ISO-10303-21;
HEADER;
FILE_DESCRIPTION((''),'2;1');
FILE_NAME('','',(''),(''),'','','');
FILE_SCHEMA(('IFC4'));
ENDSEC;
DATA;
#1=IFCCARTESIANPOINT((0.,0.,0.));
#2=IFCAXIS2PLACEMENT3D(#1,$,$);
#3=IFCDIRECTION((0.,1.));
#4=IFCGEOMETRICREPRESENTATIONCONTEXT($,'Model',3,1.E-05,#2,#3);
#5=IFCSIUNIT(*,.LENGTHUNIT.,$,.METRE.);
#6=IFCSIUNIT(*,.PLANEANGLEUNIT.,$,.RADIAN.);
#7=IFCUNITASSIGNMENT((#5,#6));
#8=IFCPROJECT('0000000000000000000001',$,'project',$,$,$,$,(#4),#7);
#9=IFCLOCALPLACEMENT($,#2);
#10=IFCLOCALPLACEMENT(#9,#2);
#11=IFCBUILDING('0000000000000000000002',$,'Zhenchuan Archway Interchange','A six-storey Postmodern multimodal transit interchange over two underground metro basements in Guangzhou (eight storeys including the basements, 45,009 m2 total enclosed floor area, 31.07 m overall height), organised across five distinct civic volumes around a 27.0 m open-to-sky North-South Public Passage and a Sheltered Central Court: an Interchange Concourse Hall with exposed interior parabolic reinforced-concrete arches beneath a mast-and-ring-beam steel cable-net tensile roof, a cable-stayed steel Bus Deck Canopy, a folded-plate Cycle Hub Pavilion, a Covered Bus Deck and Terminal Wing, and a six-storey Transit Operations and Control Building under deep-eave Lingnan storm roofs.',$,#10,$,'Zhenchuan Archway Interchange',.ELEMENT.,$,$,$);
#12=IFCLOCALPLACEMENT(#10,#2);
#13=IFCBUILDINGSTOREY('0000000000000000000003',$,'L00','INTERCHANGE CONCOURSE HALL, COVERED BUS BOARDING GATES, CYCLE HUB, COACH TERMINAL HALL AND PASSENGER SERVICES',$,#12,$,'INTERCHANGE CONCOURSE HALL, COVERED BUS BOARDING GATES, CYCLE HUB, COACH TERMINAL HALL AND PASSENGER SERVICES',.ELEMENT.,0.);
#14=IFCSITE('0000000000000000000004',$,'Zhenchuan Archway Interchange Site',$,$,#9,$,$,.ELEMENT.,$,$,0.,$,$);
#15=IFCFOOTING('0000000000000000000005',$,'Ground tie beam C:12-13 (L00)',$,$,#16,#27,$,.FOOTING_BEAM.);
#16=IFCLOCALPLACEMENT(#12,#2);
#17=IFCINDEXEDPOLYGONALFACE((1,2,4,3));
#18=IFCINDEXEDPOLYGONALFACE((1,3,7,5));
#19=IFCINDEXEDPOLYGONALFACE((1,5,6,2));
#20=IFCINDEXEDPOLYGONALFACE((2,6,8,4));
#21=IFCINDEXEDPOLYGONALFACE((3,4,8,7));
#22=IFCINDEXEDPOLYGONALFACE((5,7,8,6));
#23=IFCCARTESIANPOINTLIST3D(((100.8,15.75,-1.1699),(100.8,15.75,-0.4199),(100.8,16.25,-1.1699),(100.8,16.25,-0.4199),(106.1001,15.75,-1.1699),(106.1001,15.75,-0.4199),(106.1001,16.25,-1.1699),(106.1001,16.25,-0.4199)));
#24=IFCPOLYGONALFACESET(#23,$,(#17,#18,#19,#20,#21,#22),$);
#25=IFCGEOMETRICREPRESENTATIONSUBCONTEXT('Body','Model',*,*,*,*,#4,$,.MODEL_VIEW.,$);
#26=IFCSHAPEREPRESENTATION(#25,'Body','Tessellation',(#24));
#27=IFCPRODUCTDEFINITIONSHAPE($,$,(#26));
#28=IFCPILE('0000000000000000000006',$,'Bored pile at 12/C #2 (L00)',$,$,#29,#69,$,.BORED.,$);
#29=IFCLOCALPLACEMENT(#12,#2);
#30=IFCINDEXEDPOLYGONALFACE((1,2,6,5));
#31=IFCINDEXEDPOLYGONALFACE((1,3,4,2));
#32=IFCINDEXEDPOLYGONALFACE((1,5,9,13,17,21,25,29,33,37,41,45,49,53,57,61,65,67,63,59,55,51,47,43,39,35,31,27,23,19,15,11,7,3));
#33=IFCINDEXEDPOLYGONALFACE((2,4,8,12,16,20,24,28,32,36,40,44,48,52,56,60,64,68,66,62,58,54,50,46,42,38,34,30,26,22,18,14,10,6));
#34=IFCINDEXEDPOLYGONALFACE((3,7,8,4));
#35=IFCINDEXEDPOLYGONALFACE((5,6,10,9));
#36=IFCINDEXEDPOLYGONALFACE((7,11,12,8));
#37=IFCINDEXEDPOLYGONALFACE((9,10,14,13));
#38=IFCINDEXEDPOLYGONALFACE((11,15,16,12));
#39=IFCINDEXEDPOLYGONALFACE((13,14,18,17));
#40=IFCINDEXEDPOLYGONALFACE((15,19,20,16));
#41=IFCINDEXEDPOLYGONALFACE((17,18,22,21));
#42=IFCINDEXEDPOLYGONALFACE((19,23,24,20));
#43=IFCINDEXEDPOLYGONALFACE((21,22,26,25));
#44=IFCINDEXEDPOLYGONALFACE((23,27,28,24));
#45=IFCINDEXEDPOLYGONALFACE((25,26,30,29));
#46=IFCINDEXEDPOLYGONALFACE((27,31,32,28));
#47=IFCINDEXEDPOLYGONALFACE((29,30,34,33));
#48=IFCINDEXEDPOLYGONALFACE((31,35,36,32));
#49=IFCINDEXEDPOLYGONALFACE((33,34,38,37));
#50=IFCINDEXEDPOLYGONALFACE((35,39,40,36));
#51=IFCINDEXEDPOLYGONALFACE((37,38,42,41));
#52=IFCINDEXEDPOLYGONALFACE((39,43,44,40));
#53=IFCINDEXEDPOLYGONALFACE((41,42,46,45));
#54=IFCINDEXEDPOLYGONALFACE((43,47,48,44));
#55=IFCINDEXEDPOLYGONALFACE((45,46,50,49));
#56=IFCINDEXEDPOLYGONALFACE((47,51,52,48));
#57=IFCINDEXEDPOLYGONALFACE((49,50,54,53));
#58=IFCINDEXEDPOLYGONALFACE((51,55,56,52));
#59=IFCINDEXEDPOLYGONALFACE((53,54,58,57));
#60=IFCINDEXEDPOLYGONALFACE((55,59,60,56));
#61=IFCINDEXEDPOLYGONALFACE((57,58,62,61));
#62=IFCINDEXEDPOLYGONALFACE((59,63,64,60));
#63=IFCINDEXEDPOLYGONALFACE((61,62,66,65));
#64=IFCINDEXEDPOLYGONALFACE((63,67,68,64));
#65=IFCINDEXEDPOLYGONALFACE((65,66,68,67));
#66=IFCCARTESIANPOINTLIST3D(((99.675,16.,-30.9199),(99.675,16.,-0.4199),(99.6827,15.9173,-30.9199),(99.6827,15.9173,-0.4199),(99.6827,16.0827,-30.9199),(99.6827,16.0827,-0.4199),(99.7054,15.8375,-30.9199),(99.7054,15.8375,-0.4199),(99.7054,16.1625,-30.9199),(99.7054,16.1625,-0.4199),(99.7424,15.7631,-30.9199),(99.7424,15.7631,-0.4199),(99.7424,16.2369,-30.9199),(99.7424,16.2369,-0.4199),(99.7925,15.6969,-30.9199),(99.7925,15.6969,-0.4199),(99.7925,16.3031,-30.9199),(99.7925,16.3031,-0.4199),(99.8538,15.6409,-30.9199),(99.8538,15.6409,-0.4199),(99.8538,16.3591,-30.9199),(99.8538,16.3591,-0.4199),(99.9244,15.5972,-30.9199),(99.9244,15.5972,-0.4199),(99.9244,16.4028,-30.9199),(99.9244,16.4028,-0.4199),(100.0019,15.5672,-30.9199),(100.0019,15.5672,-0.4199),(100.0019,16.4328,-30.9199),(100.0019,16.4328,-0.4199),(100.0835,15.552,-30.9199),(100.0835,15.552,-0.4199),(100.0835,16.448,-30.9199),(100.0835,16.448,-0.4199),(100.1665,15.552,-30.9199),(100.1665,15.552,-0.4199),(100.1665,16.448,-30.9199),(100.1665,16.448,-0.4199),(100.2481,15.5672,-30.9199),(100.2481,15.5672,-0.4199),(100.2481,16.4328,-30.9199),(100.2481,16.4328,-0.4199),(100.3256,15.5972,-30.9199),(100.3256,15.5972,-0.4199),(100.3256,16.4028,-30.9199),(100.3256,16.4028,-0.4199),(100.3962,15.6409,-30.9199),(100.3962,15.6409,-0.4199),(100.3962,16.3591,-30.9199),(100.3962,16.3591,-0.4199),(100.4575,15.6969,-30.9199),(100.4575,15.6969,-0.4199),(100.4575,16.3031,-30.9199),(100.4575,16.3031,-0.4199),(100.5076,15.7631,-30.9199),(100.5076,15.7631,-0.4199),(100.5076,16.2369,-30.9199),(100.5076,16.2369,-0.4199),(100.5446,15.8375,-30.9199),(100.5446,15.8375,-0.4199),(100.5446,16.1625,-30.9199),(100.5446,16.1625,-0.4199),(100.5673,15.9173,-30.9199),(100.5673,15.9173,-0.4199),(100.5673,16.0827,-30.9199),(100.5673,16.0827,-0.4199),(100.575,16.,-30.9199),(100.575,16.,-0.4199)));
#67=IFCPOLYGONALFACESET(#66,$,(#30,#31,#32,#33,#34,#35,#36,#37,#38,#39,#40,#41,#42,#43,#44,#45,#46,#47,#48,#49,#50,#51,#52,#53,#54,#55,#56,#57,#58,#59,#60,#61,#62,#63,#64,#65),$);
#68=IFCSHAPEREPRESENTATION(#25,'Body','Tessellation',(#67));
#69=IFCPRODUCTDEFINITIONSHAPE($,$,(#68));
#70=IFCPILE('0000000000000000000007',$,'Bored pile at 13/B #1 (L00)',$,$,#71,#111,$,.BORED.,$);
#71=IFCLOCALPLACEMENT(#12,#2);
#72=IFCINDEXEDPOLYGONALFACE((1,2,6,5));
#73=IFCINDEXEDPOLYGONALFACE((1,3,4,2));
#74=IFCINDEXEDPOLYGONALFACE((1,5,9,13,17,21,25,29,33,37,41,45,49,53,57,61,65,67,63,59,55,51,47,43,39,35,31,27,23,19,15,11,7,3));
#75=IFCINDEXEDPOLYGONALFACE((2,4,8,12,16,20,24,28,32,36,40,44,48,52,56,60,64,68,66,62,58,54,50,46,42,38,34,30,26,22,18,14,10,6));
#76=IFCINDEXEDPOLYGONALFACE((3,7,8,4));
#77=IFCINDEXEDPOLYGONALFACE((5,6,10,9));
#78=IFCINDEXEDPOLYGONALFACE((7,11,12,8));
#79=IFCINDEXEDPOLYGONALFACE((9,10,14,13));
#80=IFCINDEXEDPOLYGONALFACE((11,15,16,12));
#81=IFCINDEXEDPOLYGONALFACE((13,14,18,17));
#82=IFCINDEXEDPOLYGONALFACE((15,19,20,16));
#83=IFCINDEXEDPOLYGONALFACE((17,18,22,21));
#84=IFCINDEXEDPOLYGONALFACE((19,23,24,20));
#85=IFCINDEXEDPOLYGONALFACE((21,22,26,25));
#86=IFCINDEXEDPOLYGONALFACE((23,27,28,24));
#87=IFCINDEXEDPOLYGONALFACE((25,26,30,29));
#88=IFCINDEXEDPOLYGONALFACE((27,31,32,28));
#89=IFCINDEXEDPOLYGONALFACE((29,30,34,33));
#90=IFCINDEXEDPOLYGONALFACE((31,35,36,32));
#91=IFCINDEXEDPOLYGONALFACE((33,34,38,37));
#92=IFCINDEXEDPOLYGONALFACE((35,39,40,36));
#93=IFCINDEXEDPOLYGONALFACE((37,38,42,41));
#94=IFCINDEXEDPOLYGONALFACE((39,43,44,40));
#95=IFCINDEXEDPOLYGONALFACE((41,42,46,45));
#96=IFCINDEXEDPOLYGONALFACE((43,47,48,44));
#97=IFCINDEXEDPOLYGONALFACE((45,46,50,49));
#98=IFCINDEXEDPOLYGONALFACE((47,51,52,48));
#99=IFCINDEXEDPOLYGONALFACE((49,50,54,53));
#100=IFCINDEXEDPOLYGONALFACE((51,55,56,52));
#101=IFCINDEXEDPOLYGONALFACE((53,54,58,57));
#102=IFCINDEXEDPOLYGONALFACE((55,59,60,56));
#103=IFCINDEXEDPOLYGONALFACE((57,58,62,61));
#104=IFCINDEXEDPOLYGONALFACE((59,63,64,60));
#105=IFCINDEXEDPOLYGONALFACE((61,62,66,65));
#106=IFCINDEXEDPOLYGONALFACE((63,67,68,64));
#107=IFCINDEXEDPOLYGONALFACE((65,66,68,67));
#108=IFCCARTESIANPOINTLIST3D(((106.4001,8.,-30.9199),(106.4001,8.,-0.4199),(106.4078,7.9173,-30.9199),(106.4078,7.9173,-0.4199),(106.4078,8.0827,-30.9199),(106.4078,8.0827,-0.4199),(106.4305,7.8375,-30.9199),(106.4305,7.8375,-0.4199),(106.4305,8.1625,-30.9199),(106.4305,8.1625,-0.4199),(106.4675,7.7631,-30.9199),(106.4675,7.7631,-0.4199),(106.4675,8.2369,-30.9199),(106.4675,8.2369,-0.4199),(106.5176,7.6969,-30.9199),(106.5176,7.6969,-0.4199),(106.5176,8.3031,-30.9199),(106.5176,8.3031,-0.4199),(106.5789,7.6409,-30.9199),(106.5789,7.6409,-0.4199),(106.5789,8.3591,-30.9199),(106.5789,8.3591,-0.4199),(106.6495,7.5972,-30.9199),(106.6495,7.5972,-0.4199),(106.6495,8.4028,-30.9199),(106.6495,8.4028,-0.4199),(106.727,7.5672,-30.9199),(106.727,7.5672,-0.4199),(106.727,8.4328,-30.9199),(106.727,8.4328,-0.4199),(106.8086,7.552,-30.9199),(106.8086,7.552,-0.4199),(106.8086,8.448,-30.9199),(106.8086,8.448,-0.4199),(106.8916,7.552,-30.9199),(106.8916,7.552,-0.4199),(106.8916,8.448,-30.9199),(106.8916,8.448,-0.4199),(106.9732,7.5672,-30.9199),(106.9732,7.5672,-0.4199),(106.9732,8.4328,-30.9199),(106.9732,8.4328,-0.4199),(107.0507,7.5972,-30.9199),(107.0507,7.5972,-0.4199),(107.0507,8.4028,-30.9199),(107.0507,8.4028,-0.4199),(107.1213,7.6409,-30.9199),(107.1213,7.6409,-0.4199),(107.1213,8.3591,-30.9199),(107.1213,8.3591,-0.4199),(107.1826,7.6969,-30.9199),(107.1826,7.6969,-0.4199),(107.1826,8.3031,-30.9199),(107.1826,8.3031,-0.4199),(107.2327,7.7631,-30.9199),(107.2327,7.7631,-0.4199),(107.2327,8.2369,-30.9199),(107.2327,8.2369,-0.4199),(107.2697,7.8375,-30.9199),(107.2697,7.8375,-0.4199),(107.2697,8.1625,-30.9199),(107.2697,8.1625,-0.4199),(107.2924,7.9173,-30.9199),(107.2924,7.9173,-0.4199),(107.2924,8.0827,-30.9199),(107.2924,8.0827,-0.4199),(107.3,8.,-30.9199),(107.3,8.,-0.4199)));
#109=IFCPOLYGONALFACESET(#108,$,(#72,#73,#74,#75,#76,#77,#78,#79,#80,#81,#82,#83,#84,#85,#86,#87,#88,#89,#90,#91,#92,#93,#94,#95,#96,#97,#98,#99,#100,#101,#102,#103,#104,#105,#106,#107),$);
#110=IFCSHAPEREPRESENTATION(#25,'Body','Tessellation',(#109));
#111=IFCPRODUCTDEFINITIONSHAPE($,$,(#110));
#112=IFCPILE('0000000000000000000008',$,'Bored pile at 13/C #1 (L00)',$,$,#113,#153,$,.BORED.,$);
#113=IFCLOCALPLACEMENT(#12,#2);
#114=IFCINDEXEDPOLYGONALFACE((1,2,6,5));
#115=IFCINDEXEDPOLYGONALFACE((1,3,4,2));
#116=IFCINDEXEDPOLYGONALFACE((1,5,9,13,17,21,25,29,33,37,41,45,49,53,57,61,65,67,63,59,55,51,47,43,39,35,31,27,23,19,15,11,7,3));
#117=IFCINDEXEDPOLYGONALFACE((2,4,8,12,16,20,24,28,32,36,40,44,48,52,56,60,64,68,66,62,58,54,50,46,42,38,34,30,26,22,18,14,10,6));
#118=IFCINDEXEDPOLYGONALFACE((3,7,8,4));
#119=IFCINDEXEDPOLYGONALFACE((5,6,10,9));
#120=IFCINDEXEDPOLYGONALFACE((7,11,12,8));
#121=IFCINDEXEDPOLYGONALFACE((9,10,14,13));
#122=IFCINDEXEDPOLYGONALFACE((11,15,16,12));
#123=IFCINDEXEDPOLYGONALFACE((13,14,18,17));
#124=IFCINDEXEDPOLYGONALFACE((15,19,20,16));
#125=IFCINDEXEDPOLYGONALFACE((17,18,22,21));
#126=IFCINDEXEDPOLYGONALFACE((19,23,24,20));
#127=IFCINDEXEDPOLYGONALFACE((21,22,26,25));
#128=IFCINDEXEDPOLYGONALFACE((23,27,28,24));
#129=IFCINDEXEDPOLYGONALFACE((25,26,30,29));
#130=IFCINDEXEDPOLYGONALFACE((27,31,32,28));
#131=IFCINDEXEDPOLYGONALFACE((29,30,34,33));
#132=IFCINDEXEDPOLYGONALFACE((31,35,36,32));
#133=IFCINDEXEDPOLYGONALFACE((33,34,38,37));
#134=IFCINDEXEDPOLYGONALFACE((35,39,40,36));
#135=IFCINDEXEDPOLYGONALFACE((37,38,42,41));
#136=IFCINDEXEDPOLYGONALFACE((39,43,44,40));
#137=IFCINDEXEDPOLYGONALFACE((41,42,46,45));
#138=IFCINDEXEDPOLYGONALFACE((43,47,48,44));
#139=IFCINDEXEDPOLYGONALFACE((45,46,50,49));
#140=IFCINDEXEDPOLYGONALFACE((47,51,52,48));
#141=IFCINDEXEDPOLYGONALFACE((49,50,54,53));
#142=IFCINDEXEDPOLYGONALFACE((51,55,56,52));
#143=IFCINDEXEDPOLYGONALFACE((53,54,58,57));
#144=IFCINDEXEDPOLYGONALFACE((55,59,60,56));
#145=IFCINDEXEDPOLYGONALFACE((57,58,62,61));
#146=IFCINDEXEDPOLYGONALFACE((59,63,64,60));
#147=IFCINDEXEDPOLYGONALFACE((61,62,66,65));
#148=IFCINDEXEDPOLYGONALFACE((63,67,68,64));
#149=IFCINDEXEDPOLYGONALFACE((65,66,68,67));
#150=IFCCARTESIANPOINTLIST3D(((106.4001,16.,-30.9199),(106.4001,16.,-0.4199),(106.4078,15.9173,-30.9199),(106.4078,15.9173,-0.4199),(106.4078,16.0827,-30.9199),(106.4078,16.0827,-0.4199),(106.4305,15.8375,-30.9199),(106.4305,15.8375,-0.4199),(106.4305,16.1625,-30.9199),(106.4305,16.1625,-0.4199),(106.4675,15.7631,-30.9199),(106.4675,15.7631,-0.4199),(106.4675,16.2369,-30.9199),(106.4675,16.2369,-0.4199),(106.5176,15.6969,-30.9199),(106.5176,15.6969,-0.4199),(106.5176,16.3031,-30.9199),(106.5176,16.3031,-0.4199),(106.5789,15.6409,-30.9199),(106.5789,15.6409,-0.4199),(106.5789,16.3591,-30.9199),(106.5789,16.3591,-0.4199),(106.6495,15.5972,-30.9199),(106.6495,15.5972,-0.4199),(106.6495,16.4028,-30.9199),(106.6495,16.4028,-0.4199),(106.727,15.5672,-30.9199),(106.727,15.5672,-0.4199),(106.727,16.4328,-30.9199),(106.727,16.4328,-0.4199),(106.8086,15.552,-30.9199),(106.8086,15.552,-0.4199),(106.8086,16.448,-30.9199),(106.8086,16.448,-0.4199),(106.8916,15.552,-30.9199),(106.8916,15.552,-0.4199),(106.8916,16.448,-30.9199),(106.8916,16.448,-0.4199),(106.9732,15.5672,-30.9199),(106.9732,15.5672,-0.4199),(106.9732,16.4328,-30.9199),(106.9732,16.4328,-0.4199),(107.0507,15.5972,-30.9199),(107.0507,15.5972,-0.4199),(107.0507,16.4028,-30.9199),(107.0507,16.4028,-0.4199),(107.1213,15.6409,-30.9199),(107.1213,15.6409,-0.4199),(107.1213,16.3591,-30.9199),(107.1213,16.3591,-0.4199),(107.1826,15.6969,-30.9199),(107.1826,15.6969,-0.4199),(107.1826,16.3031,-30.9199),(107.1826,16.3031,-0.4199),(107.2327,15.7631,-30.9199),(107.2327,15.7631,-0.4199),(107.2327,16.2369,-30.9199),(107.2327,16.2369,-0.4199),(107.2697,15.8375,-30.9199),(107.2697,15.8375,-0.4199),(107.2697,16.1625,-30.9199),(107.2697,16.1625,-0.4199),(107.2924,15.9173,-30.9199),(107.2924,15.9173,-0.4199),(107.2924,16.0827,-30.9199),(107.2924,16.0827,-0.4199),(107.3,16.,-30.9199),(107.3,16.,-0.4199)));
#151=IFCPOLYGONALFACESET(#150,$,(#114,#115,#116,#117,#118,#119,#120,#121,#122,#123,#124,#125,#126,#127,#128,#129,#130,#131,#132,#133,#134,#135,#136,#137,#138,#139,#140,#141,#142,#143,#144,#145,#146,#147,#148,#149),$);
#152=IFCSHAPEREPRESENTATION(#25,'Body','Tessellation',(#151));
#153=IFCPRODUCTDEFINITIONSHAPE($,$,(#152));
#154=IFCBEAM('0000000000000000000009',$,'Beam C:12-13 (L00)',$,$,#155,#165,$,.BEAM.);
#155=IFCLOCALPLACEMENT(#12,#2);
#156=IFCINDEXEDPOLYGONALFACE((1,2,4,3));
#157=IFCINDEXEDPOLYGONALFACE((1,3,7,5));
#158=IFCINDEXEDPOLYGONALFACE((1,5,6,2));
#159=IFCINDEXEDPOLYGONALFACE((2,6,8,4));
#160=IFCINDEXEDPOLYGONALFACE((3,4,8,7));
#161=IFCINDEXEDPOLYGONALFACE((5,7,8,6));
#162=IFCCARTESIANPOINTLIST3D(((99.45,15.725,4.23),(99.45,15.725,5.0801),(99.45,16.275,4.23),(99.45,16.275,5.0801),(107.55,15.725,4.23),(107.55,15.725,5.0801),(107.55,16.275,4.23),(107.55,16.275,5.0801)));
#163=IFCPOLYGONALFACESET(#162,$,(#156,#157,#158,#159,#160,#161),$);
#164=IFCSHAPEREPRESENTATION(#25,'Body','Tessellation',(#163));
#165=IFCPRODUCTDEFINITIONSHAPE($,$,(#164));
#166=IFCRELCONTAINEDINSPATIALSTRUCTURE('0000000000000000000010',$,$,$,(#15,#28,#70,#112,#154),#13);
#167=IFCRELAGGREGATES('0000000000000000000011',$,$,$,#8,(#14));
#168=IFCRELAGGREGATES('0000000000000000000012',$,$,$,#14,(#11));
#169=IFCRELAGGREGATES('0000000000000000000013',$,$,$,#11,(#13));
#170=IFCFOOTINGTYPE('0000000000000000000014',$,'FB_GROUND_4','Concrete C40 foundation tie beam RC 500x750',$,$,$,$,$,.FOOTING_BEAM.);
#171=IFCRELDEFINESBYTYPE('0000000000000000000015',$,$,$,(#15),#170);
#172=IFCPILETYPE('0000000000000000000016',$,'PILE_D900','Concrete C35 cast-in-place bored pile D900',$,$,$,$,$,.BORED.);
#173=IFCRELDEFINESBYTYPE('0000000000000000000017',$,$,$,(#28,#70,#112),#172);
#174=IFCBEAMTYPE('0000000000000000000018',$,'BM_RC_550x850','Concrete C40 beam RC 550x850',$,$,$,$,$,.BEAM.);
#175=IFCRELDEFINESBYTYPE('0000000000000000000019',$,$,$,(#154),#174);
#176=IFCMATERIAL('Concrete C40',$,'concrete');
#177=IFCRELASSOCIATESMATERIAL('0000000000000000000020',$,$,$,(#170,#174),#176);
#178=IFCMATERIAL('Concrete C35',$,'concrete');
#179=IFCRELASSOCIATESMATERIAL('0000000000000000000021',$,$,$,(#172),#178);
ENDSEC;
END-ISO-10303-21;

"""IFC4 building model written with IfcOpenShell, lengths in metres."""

from ifc_helpers import new_model, si_unit, direction, frame, origin, origin_2d, place, context, subcontext, project, spatial, rectangle, circle, extrude, material, material_profile, profile_set, type_object, element, save


model = new_model("IFC4")

# Units and contexts
model_context = context("Model", 3, precision=1e-05, world=origin(), true_north=direction((0.0, 1.0)))
body_context = subcontext(model_context, "Body", "Model", "MODEL_VIEW")
ifc_project = project(units=[si_unit("LENGTHUNIT", "METRE"), si_unit("PLANEANGLEUNIT", "RADIAN")], contexts=[model_context])

# Site, building, storey
site_placement = place(None, origin())
site = spatial("IfcSite", under=ifc_project, at=site_placement, Name="Zhenchuan Archway Interchange Site", CompositionType="ELEMENT", RefElevation=0.0)
building_placement = place(site_placement, origin())
building = spatial("IfcBuilding", under=site, at=building_placement, Name="Zhenchuan Archway Interchange", Description="A six-storey Postmodern multimodal transit interchange over two underground metro basements in Guangzhou (eight storeys including the basements, 45,009 m2 total enclosed floor area, 31.07 m overall height), organised across five distinct civic volumes around a 27.0 m open-to-sky North-South Public Passage and a Sheltered Central Court: an Interchange Concourse Hall with exposed interior parabolic reinforced-concrete arches beneath a mast-and-ring-beam steel cable-net tensile roof, a cable-stayed steel Bus Deck Canopy, a folded-plate Cycle Hub Pavilion, a Covered Bus Deck and Terminal Wing, and a six-storey Transit Operations and Control Building under deep-eave Lingnan storm roofs.", LongName="Zhenchuan Archway Interchange", CompositionType="ELEMENT")
storey_placement = place(building_placement, origin())
storey = spatial("IfcBuildingStorey", under=building, at=storey_placement, Name="L00", Description="INTERCHANGE CONCOURSE HALL, COVERED BUS BOARDING GATES, CYCLE HUB, COACH TERMINAL HALL AND PASSENGER SERVICES", LongName="INTERCHANGE CONCOURSE HALL, COVERED BUS BOARDING GATES, CYCLE HUB, COACH TERMINAL HALL AND PASSENGER SERVICES", CompositionType="ELEMENT", Elevation=0.0)

# Footing
ifc_material_1 = material(Name="Concrete C40", Category="concrete")
ifc_material_profile_1 = material_profile(ifc_material_1, rectangle(XDim=0.5, YDim=0.75, at=origin_2d()), Name="RC 500x750")
ifc_profile_set_1 = profile_set([ifc_material_profile_1], Name="Concrete C40")
footing_type = type_object("IfcFootingType", Name="FB_GROUND_4", Description="Concrete C40 foundation tie beam RC 500x750", PredefinedType="FOOTING_BEAM", material=ifc_profile_set_1)
footing_placement = place(storey_placement, frame((100.8, 16.0, -0.7949), z_axis=(1.0, 0.0, 0.0), x_axis=(0.0, 1.0, 0.0)))
element("IfcFooting", 1, at=footing_placement, inside=storey, type_object=footing_type, Name="Ground tie beam C:12-13 (L00)", PredefinedType="FOOTING_BEAM", context=body_context, shape_type="SweptSolid", body=[
    extrude(rectangle(XDim=0.5, YDim=0.75, at=origin_2d()), origin(), (0.0, 0.0, 1.0), 5.3),
])

# Piles
ifc_material_2 = material(Name="Concrete C35", Category="concrete")
ifc_material_profile_2 = material_profile(ifc_material_2, circle(Radius=0.45, at=origin_2d()), Name="BORED PILE 900")
ifc_profile_set_2 = profile_set([ifc_material_profile_2], Name="Concrete C35")
pile_type = type_object("IfcPileType", Name="PILE_D900", Description="Concrete C35 cast-in-place bored pile D900", PredefinedType="BORED", material=ifc_profile_set_2)
for number, where, z_axis, x_axis, name in (
    (2, (100.125, 16.0, -0.4199), (0.0, 0.0, -1.0), (1.0, 0.0, 0.0), "Bored pile at 12/C #2 (L00)"),
    (3, (106.8501, 8.0, -0.4199), (0.0, 0.0, -1.0), (1.0, 0.0, 0.0), "Bored pile at 13/B #1 (L00)"),
    (4, (106.8501, 16.0, -0.4199), (0.0, 0.0, -1.0), (1.0, 0.0, 0.0), "Bored pile at 13/C #1 (L00)"),
):
    element("IfcPile", number, at=place(storey_placement, frame(where, z_axis=z_axis, x_axis=x_axis)), inside=storey, type_object=pile_type, Name=name, PredefinedType="BORED", context=body_context, shape_type="SweptSolid", body=[
        extrude(circle(Radius=0.45, at=origin_2d()), origin(), (0.0, 0.0, 1.0), 30.5),
    ])

# Beam
ifc_material_profile_3 = material_profile(ifc_material_1, rectangle(XDim=0.55, YDim=0.8501, at=origin_2d()), Name="RC 550x850")
ifc_profile_set_3 = profile_set([ifc_material_profile_3], Name="Concrete C40")
beam_type_1 = type_object("IfcBeamType", Name="BM_RC_550x850", Description="Concrete C40 beam RC 550x850", PredefinedType="BEAM", material=ifc_profile_set_3)
beam_placement = place(storey_placement, frame((99.45, 16.0, 4.655), z_axis=(1.0, 0.0, 0.0), x_axis=(0.0, 1.0, 0.0)))
element("IfcBeam", 5, at=beam_placement, inside=storey, type_object=beam_type_1, Name="Beam C:12-13 (L00)", PredefinedType="BEAM", context=body_context, shape_type="SweptSolid", body=[
    extrude(rectangle(XDim=0.55, YDim=0.8501, at=origin_2d()), origin(), (0.0, 0.0, 1.0), 8.1001),
])

save(model, "model.ifc")
